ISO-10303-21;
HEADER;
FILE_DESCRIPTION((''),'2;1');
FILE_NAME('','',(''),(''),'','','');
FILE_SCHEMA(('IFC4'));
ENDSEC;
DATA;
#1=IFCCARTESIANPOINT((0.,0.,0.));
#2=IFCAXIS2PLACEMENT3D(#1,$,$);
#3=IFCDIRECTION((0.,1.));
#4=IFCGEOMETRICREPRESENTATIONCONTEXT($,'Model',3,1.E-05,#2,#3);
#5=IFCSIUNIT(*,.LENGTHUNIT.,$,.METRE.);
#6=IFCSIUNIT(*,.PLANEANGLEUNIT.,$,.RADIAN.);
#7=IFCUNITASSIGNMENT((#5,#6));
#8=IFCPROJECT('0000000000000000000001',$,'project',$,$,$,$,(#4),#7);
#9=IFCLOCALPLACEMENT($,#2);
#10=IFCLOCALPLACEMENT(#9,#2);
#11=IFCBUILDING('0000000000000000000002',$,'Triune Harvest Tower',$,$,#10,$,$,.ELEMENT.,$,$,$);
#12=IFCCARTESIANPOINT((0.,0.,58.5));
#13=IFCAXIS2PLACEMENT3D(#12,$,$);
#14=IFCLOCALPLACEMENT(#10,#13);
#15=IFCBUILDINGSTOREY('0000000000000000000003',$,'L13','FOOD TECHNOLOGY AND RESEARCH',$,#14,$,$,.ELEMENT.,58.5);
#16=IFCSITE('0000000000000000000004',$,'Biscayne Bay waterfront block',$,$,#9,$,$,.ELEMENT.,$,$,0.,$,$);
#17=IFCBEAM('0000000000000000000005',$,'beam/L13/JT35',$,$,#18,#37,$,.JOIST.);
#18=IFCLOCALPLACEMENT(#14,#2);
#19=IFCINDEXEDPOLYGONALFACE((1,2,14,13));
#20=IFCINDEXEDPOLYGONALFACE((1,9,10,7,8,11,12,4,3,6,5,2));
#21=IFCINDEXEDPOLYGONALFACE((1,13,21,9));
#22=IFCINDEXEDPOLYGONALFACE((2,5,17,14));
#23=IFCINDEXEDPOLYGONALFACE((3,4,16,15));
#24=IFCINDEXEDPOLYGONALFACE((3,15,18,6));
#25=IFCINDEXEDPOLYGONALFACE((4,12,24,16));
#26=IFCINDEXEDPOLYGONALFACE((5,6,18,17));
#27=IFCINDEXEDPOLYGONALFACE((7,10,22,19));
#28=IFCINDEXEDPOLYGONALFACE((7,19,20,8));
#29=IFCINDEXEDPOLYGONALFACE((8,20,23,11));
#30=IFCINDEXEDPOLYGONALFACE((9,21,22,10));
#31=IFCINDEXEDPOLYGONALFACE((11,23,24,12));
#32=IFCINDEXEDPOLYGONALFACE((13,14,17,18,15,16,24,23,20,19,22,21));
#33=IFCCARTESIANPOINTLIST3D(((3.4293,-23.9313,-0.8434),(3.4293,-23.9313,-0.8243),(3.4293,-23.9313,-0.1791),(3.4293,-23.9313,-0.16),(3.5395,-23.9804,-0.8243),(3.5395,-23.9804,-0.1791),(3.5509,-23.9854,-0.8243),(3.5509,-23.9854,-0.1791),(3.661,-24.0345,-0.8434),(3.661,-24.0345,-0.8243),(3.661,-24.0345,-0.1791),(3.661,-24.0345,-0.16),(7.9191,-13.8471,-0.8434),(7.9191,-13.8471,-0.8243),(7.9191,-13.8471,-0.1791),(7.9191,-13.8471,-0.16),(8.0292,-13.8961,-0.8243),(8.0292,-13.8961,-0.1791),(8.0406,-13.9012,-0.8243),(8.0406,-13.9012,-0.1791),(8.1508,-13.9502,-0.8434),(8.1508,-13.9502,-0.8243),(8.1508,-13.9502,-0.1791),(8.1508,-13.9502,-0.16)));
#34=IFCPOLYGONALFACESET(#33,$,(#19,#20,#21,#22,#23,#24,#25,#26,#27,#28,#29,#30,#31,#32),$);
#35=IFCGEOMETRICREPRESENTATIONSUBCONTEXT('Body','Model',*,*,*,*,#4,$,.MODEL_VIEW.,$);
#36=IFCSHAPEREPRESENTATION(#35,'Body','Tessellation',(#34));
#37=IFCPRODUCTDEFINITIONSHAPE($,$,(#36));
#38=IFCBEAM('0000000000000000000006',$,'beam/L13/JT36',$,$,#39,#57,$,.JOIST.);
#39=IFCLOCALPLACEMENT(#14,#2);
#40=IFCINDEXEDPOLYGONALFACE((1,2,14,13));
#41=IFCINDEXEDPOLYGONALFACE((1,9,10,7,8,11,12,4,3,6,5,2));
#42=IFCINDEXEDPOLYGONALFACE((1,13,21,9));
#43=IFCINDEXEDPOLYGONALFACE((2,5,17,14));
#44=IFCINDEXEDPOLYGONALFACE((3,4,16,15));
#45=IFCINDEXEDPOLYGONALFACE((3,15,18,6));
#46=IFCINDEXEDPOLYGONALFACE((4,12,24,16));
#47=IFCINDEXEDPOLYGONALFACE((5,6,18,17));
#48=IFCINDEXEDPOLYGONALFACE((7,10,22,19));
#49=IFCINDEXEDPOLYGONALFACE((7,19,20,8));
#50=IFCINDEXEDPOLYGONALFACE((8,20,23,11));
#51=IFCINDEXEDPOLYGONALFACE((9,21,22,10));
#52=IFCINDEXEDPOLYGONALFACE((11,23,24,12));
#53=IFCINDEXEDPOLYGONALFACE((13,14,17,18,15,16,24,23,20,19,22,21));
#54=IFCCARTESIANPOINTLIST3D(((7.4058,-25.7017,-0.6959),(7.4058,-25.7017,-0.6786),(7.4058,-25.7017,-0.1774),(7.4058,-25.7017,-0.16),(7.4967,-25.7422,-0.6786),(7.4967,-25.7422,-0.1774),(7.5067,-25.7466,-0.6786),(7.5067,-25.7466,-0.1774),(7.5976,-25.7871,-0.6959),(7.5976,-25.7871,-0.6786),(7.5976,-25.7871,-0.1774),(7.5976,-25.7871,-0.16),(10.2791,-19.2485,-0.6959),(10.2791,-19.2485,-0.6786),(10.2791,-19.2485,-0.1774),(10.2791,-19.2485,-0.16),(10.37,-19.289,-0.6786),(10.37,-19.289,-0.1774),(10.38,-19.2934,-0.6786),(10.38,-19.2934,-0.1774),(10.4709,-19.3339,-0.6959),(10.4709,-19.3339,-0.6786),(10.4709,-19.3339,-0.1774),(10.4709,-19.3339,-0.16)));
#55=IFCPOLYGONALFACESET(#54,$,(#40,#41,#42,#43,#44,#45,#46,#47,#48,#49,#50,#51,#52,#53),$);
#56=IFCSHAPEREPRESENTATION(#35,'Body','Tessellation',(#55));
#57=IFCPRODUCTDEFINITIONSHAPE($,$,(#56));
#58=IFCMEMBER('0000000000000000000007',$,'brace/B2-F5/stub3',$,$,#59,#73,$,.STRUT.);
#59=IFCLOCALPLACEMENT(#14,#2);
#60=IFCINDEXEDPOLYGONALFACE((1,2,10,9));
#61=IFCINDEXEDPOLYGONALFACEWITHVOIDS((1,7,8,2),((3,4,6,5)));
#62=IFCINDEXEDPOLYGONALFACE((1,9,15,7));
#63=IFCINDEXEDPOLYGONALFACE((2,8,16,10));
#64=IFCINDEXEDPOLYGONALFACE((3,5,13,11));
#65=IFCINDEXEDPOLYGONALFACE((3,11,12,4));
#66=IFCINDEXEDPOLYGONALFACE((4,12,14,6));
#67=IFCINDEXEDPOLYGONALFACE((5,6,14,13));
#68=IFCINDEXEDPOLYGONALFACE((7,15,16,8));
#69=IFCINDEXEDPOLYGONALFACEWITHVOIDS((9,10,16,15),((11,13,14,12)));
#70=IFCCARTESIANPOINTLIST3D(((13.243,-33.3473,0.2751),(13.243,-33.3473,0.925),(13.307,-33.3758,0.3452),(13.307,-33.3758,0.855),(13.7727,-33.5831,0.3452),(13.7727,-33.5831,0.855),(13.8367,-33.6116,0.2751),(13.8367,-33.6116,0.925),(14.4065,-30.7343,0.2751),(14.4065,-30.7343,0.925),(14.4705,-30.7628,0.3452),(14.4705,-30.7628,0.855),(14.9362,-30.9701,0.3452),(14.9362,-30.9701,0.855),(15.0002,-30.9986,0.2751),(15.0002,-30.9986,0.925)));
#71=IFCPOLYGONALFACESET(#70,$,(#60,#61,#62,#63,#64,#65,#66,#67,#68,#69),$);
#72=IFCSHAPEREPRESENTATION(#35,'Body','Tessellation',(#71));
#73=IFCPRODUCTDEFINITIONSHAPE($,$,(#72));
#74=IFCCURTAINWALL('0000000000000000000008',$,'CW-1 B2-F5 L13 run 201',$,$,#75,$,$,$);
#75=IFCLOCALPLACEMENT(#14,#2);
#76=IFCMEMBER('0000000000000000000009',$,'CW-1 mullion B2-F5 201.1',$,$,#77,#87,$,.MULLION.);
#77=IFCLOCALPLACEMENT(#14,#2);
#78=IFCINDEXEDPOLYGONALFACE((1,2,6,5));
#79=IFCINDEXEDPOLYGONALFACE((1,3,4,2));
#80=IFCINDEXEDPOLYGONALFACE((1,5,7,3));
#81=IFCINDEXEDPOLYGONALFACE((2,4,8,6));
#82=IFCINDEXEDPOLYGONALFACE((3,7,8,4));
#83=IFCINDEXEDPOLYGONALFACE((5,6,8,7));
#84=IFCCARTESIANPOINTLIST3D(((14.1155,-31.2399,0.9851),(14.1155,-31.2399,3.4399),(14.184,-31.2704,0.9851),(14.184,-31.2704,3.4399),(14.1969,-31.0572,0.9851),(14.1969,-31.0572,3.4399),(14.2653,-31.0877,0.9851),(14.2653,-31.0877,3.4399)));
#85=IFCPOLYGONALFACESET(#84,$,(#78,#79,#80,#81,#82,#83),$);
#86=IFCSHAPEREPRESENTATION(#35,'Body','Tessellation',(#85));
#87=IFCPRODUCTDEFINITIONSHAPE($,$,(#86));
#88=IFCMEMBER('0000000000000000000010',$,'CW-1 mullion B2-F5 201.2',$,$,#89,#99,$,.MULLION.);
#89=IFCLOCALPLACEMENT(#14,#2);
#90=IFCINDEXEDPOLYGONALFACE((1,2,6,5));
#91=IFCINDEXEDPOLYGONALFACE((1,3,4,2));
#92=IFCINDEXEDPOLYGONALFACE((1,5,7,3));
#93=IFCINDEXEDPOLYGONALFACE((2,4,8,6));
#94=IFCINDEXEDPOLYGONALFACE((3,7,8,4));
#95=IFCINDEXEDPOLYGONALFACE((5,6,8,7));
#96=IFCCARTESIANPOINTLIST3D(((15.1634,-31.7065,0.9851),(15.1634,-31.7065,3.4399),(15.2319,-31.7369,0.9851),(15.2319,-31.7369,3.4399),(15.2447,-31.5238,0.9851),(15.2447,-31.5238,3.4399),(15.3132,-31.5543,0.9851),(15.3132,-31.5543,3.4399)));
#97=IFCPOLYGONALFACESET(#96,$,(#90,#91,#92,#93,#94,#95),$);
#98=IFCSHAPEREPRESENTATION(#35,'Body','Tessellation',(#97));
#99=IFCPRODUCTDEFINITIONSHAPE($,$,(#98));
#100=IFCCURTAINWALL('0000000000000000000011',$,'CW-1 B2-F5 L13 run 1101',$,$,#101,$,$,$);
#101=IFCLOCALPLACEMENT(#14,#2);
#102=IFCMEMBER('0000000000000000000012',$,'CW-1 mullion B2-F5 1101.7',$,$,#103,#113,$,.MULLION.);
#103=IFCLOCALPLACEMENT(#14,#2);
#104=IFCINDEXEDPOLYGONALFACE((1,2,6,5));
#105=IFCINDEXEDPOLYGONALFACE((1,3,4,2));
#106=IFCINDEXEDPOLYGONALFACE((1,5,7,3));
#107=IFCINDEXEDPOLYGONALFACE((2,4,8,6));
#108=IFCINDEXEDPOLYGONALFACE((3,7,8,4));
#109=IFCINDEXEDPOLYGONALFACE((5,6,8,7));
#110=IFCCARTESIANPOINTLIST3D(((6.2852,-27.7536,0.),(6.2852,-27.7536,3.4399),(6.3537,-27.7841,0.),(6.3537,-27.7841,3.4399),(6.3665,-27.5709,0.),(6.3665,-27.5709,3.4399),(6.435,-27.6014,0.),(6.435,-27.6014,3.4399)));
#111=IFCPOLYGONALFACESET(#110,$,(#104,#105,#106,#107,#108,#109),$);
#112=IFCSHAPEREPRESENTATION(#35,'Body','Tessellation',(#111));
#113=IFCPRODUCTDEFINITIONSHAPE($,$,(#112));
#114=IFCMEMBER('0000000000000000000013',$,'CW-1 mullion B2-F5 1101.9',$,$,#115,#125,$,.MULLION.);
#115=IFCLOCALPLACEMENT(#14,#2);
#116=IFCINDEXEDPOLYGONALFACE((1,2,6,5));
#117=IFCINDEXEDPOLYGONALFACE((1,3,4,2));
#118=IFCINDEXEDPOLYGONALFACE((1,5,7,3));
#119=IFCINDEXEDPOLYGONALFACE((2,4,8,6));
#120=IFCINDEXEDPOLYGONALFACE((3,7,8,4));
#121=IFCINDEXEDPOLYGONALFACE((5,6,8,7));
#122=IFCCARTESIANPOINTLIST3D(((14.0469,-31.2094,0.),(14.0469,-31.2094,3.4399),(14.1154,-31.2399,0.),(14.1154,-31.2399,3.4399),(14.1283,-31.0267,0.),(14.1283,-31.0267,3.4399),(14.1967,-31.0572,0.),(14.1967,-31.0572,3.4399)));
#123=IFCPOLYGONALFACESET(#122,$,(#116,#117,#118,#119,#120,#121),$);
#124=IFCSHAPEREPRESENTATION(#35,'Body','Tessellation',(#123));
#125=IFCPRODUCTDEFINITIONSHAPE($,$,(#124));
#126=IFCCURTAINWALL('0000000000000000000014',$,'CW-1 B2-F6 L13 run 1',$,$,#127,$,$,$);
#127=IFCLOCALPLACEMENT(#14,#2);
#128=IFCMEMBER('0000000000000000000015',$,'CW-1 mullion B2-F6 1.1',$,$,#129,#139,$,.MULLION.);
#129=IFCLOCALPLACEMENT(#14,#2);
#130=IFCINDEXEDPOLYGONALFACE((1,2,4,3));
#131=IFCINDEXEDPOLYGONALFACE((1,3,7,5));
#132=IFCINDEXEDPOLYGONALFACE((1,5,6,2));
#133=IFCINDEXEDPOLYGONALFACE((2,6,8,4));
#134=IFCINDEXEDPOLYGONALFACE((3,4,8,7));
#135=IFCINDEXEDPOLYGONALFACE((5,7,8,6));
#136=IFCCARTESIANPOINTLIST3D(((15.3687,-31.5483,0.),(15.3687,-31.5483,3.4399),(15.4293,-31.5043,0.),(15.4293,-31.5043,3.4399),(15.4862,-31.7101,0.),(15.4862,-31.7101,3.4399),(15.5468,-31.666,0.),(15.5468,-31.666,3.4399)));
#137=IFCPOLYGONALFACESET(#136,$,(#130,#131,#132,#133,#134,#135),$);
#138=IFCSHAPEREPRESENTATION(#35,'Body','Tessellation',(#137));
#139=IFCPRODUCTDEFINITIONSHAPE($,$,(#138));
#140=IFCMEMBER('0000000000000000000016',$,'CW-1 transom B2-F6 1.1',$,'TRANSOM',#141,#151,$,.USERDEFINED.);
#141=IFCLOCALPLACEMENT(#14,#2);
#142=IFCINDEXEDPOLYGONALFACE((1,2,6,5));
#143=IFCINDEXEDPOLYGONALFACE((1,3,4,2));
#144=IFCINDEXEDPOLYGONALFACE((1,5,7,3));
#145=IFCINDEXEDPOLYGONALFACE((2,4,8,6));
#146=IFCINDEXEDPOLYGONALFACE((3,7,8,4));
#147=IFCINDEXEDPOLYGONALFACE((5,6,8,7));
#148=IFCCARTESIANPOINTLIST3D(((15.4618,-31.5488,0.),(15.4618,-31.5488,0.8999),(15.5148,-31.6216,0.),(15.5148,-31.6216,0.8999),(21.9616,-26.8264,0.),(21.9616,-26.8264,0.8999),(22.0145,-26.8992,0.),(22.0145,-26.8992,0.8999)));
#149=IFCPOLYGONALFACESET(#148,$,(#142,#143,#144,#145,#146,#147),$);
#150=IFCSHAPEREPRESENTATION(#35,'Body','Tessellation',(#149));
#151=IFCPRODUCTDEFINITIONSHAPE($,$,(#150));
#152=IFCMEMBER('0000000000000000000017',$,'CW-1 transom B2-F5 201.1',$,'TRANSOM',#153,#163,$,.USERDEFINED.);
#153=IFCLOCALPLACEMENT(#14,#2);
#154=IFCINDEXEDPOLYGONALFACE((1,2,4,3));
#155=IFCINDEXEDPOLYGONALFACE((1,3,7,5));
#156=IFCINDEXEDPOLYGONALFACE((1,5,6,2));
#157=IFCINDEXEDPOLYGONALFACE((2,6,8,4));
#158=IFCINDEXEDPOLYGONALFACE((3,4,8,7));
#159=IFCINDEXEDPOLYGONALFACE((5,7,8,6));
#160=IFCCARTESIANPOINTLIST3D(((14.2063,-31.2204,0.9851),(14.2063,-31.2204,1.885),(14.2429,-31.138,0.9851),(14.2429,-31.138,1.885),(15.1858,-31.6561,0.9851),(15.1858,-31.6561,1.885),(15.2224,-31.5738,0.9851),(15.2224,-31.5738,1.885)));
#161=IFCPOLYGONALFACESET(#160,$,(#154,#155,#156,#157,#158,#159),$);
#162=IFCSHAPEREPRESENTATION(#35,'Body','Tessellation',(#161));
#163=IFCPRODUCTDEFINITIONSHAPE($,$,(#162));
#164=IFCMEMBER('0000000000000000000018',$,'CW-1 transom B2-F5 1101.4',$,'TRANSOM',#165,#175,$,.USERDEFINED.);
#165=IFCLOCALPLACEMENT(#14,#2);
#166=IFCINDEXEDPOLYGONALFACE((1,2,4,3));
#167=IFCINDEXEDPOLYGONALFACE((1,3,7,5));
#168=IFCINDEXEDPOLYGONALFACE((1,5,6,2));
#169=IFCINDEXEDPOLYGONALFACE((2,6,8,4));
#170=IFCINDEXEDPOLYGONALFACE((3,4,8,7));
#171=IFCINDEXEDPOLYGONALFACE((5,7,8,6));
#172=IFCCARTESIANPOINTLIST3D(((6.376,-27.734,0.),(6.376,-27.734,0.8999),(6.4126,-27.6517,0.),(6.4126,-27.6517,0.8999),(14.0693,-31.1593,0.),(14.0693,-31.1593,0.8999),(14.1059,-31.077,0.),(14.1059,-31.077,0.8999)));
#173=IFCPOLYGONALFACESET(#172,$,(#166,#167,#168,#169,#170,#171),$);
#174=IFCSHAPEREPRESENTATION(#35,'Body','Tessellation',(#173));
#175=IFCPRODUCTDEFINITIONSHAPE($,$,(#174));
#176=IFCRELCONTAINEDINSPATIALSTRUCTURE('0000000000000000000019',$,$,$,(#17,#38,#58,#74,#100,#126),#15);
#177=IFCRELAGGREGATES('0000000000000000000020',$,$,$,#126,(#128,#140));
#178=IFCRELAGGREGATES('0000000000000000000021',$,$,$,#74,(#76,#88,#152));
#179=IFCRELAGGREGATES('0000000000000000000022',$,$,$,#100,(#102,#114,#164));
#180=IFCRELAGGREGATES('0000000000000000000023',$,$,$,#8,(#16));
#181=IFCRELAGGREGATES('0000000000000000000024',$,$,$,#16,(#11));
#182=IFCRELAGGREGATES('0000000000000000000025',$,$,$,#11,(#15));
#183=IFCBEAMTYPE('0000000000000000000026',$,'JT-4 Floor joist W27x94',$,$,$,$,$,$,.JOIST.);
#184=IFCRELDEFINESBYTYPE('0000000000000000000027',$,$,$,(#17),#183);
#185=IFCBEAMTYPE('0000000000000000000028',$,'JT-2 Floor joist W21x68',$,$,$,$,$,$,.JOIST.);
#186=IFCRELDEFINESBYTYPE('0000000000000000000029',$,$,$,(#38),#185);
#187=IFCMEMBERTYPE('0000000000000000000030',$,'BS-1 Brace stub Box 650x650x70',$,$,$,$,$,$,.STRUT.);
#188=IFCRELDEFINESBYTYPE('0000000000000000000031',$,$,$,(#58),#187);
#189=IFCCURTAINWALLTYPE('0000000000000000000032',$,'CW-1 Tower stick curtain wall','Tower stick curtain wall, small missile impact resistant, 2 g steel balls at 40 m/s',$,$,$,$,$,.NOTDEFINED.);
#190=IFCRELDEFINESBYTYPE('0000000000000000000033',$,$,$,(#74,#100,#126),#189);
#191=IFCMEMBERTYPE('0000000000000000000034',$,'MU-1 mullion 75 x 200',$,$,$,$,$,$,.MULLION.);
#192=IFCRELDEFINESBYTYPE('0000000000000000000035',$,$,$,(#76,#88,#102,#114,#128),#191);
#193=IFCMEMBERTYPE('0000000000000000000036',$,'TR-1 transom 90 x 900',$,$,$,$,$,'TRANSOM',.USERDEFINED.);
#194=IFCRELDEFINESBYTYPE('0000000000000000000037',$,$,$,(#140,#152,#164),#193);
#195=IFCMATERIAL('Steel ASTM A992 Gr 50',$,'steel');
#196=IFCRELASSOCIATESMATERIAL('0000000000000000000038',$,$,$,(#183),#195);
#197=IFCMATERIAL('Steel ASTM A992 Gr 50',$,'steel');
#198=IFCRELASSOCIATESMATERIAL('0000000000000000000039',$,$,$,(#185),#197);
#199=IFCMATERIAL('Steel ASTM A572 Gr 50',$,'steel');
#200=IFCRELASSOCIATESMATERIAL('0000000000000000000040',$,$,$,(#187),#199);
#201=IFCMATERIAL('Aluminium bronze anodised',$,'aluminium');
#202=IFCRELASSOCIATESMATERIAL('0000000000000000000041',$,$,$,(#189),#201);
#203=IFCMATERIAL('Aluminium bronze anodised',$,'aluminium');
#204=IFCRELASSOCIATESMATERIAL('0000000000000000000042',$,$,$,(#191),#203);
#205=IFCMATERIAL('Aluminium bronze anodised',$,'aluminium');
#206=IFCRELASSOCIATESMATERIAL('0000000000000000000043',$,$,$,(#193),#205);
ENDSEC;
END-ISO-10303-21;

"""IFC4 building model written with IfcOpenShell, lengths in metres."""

from ifc_helpers import new_model, si_unit, direction, frame, origin, origin_2d, place, context, subcontext, project, spatial, rectangle, hollow_rectangle, i_section, extrude, source, transform, mapped, material, material_profile, profile_set, type_object, element, aggregate, save


model = new_model("IFC4")

# Units and contexts
model_context = context("Model", 3, precision=1e-05, world=origin(), true_north=direction((0.0, 1.0)))
body_context = subcontext(model_context, "Body", "Model", "MODEL_VIEW")
ifc_project = project(units=[si_unit("LENGTHUNIT", "METRE"), si_unit("PLANEANGLEUNIT", "RADIAN")], contexts=[model_context])

# Site, building, storey
site_placement = place(None, origin())
site = spatial("IfcSite", under=ifc_project, at=site_placement, Name="Biscayne Bay waterfront block", CompositionType="ELEMENT", RefElevation=0.0)
building_placement = place(site_placement, origin())
building = spatial("IfcBuilding", under=site, at=building_placement, Name="Triune Harvest Tower", CompositionType="ELEMENT")
storey_placement = place(building_placement, frame((0.0, 0.0, 58.5)))
storey = spatial("IfcBuildingStorey", under=building, at=storey_placement, Name="L13", Description="FOOD TECHNOLOGY AND RESEARCH", CompositionType="ELEMENT", Elevation=58.5)

# Beams
ifc_material_1 = material(Name="Steel ASTM A992 Gr 50", Category="steel")
ifc_material_profile_1 = material_profile(ifc_material_1, i_section(OverallWidth=0.2537, OverallDepth=0.6833, WebThickness=0.0125, FlangeThickness=0.019, at=origin_2d()), Name="W27x94")
ifc_profile_set_1 = profile_set([ifc_material_profile_1], Name="Steel ASTM A992 Gr 50")
beam_type_1 = type_object("IfcBeamType", Name="JT-4 Floor joist W27x94", PredefinedType="JOIST", material=ifc_profile_set_1)
shared_shape_1 = source(origin(), body_context, "Body", "SweptSolid", [
    extrude(i_section(OverallWidth=0.2537, OverallDepth=0.6833, WebThickness=0.0125, FlangeThickness=0.019, at=origin_2d()), origin(), (0.0, 0.0, 1.0), 11.0386),
])
beam_1_placement = place(storey_placement, frame((3.5452, -23.9829, -0.5017), z_axis=(0.406733, 0.913547, 0.0), x_axis=(-0.913547, 0.406733, 0.0)))
element("IfcBeam", 1, at=beam_1_placement, inside=storey, type_object=beam_type_1, Name="beam/L13/JT35", PredefinedType="JOIST", context=body_context, shape_type="MappedRepresentation", body=[
    mapped(shared_shape_1, transform((0.0, 0.0, 0.0), scale=1.0)),
])
ifc_material_2 = material(Name="Steel ASTM A992 Gr 50", Category="steel")
ifc_material_profile_2 = material_profile(ifc_material_2, i_section(OverallWidth=0.21, OverallDepth=0.5359, WebThickness=0.011, FlangeThickness=0.0173, at=origin_2d()), Name="W21x68")
ifc_profile_set_2 = profile_set([ifc_material_profile_2], Name="Steel ASTM A992 Gr 50")
beam_type_2 = type_object("IfcBeamType", Name="JT-2 Floor joist W21x68", PredefinedType="JOIST", material=ifc_profile_set_2)
shared_shape_2 = source(origin(), body_context, "Body", "SweptSolid", [
    extrude(i_section(OverallWidth=0.21, OverallDepth=0.5359, WebThickness=0.011, FlangeThickness=0.0173, at=origin_2d()), origin(), (0.0, 0.0, 1.0), 7.064),
])
beam_2_placement = place(storey_placement, frame((7.5017, -25.7444, -0.428), z_axis=(0.406757, 0.913536, 0.0), x_axis=(-0.913536, 0.406757, 0.0)))
element("IfcBeam", 2, at=beam_2_placement, inside=storey, type_object=beam_type_2, Name="beam/L13/JT36", PredefinedType="JOIST", context=body_context, shape_type="MappedRepresentation", body=[
    mapped(shared_shape_2, transform((0.0, 0.0, 0.0), scale=1.0)),
])

# Member
ifc_material_3 = material(Name="Steel ASTM A572 Gr 50", Category="steel")
ifc_material_profile_3 = material_profile(ifc_material_3, hollow_rectangle(XDim=0.6499, YDim=0.6499, WallThickness=0.0701, at=origin_2d()), Name="Box 650x650x70")
ifc_profile_set_3 = profile_set([ifc_material_profile_3], Name="Steel ASTM A572 Gr 50")
member_type_1 = type_object("IfcMemberType", Name="BS-1 Brace stub Box 650x650x70", PredefinedType="STRUT", material=ifc_profile_set_3)
shared_shape_3 = source(origin(), body_context, "Body", "SweptSolid", [
    extrude(hollow_rectangle(XDim=0.6499, YDim=0.6499, WallThickness=0.0701, at=origin_2d()), origin(), (0.0, 0.0, 1.0), 2.8604),
])
member_1_placement = place(storey_placement, frame((14.7034, -30.8665, 0.6001), z_axis=(-0.406788, -0.913523, 0.0), x_axis=(0.913523, -0.406788, 0.0)))
element("IfcMember", 3, at=member_1_placement, inside=storey, type_object=member_type_1, Name="brace/B2-F5/stub3", PredefinedType="STRUT", context=body_context, shape_type="MappedRepresentation", body=[
    mapped(shared_shape_3, transform((0.0, 0.0, 0.0), scale=1.0)),
])

# Curtain walls, members
ifc_material_4 = material(Name="Aluminium bronze anodised", Category="aluminium")
curtain_wall_type = type_object("IfcCurtainWallType", Name="CW-1 Tower stick curtain wall", Description="Tower stick curtain wall, small missile impact resistant, 2 g steel balls at 40 m/s", PredefinedType="NOTDEFINED", material=ifc_material_4)
curtain_wall_1_placement = place(storey_placement, origin())
curtain_wall_1 = element("IfcCurtainWall", 4, at=curtain_wall_1_placement, inside=storey, type_object=curtain_wall_type, Name="CW-1 B2-F5 L13 run 201")
ifc_material_5 = material(Name="Aluminium bronze anodised", Category="aluminium")
ifc_material_profile_4 = material_profile(ifc_material_5, rectangle(XDim=0.2, YDim=0.075, at=origin_2d()), Name="MU-1 mullion 75 x 200")
ifc_profile_set_4 = profile_set([ifc_material_profile_4], Name="Aluminium bronze anodised")
member_type_2 = type_object("IfcMemberType", Name="MU-1 mullion 75 x 200", PredefinedType="MULLION", material=ifc_profile_set_4)
shared_shape_4 = source(origin(), body_context, "Body", "SweptSolid", [
    extrude(rectangle(XDim=0.2, YDim=0.075, at=origin_2d()), origin(), (0.0, 0.0, 1.0), 2.4548),
])
member_2_placement = place(storey_placement, frame((14.1904, -31.1638, 0.9851), z_axis=(0.0, 0.0, 1.0), x_axis=(0.406731, 0.913548, 0.0)))
member_2 = element("IfcMember", 5, at=member_2_placement, type_object=member_type_2, Name="CW-1 mullion B2-F5 201.1", PredefinedType="MULLION", context=body_context, shape_type="MappedRepresentation", body=[
    mapped(shared_shape_4, transform((0.0, 0.0, 0.0), scale=1.0)),
])
member_3_placement = place(storey_placement, frame((15.2383, -31.6304, 0.9851), z_axis=(0.0, 0.0, 1.0), x_axis=(0.406731, 0.913548, 0.0)))
member_3 = element("IfcMember", 6, at=member_3_placement, type_object=member_type_2, Name="CW-1 mullion B2-F5 201.2", PredefinedType="MULLION", context=body_context, shape_type="MappedRepresentation", body=[
    mapped(shared_shape_4, transform((0.0, 0.0, 0.0), scale=1.0)),
])
curtain_wall_2_placement = place(storey_placement, origin())
curtain_wall_2 = element("IfcCurtainWall", 7, at=curtain_wall_2_placement, inside=storey, type_object=curtain_wall_type, Name="CW-1 B2-F5 L13 run 1101")
shared_shape_5 = source(origin(), body_context, "Body", "SweptSolid", [
    extrude(rectangle(XDim=0.2, YDim=0.075, at=origin_2d()), origin(), (0.0, 0.0, 1.0), 3.4399),
])
member_4_placement = place(storey_placement, frame((6.3601, -27.6775, 0.0), z_axis=(0.0, 0.0, 1.0), x_axis=(0.406738, 0.913545, 0.0)))
member_4 = element("IfcMember", 8, at=member_4_placement, type_object=member_type_2, Name="CW-1 mullion B2-F5 1101.7", PredefinedType="MULLION", context=body_context, shape_type="MappedRepresentation", body=[
    mapped(shared_shape_5, transform((0.0, 0.0, 0.0), scale=1.0)),
])
member_5_placement = place(storey_placement, frame((14.1218, -31.1333, 0.0), z_axis=(0.0, 0.0, 1.0), x_axis=(0.406738, 0.913545, 0.0)))
member_5 = element("IfcMember", 9, at=member_5_placement, type_object=member_type_2, Name="CW-1 mullion B2-F5 1101.9", PredefinedType="MULLION", context=body_context, shape_type="MappedRepresentation", body=[
    mapped(shared_shape_5, transform((0.0, 0.0, 0.0), scale=1.0)),
])
curtain_wall_3_placement = place(storey_placement, origin())
curtain_wall_3 = element("IfcCurtainWall", 10, at=curtain_wall_3_placement, inside=storey, type_object=curtain_wall_type, Name="CW-1 B2-F6 L13 run 1")
member_6_placement = place(storey_placement, frame((15.4578, -31.6072, 0.0), z_axis=(0.0, 0.0, 1.0), x_axis=(-0.58779, 0.809013, 0.0)))
member_6 = element("IfcMember", 11, at=member_6_placement, type_object=member_type_2, Name="CW-1 mullion B2-F6 1.1", PredefinedType="MULLION", context=body_context, shape_type="MappedRepresentation", body=[
    mapped(shared_shape_5, transform((0.0, 0.0, 0.0), scale=1.0)),
])
ifc_material_6 = material(Name="Aluminium bronze anodised", Category="aluminium")
ifc_material_profile_5 = material_profile(ifc_material_6, rectangle(XDim=0.0901, YDim=0.8999, at=origin_2d()), Name="TR-1 transom 90 x 900")
ifc_profile_set_5 = profile_set([ifc_material_profile_5], Name="Aluminium bronze anodised")
member_type_3 = type_object("IfcMemberType", Name="TR-1 transom 90 x 900", ElementType="TRANSOM", PredefinedType="USERDEFINED", material=ifc_profile_set_5)
shared_shape_6 = source(origin(), body_context, "Body", "SweptSolid", [
    extrude(rectangle(XDim=0.0901, YDim=0.8999, at=origin_2d()), origin(), (0.0, 0.0, 1.0), 8.0342),
])
member_7_placement = place(storey_placement, frame((15.4883, -31.5852, 0.45), z_axis=(0.809013, 0.58779, 0.0), x_axis=(-0.58779, 0.809013, 0.0)))
member_7 = element("IfcMember", 12, at=member_7_placement, type_object=member_type_3, Name="CW-1 transom B2-F6 1.1", ObjectType="TRANSOM", PredefinedType="USERDEFINED", context=body_context, shape_type="MappedRepresentation", body=[
    mapped(shared_shape_6, transform((0.0, 0.0, 0.0), scale=1.0)),
])
aggregate(curtain_wall_3, [member_6, member_7])

# Members
shared_shape_7 = source(origin(), body_context, "Body", "SweptSolid", [
    extrude(rectangle(XDim=0.0901, YDim=0.8999, at=origin_2d()), origin(), (0.0, 0.0, 1.0), 1.072),
])
member_8_placement = place(storey_placement, frame((14.2246, -31.1792, 1.4351), z_axis=(0.913652, -0.406498, 0.0), x_axis=(0.406498, 0.913652, 0.0)))
member_8 = element("IfcMember", 13, at=member_8_placement, type_object=member_type_3, Name="CW-1 transom B2-F5 201.1", ObjectType="TRANSOM", PredefinedType="USERDEFINED", context=body_context, shape_type="MappedRepresentation", body=[
    mapped(shared_shape_7, transform((0.0, 0.0, 0.0), scale=1.0)),
])
shared_shape_8 = source(origin(), body_context, "Body", "SweptSolid", [
    extrude(rectangle(XDim=0.0901, YDim=0.8999, at=origin_2d()), origin(), (0.0, 0.0, 1.0), 8.4214),
])
member_9_placement = place(storey_placement, frame((6.3943, -27.6929, 0.45), z_axis=(0.913546, -0.406736, 0.0), x_axis=(0.406736, 0.913546, 0.0)))
member_9 = element("IfcMember", 14, at=member_9_placement, type_object=member_type_3, Name="CW-1 transom B2-F5 1101.4", ObjectType="TRANSOM", PredefinedType="USERDEFINED", context=body_context, shape_type="MappedRepresentation", body=[
    mapped(shared_shape_8, transform((0.0, 0.0, 0.0), scale=1.0)),
])

aggregate(curtain_wall_1, [member_2, member_3, member_8])
aggregate(curtain_wall_2, [member_4, member_5, member_9])

save(model, "model.ifc")
